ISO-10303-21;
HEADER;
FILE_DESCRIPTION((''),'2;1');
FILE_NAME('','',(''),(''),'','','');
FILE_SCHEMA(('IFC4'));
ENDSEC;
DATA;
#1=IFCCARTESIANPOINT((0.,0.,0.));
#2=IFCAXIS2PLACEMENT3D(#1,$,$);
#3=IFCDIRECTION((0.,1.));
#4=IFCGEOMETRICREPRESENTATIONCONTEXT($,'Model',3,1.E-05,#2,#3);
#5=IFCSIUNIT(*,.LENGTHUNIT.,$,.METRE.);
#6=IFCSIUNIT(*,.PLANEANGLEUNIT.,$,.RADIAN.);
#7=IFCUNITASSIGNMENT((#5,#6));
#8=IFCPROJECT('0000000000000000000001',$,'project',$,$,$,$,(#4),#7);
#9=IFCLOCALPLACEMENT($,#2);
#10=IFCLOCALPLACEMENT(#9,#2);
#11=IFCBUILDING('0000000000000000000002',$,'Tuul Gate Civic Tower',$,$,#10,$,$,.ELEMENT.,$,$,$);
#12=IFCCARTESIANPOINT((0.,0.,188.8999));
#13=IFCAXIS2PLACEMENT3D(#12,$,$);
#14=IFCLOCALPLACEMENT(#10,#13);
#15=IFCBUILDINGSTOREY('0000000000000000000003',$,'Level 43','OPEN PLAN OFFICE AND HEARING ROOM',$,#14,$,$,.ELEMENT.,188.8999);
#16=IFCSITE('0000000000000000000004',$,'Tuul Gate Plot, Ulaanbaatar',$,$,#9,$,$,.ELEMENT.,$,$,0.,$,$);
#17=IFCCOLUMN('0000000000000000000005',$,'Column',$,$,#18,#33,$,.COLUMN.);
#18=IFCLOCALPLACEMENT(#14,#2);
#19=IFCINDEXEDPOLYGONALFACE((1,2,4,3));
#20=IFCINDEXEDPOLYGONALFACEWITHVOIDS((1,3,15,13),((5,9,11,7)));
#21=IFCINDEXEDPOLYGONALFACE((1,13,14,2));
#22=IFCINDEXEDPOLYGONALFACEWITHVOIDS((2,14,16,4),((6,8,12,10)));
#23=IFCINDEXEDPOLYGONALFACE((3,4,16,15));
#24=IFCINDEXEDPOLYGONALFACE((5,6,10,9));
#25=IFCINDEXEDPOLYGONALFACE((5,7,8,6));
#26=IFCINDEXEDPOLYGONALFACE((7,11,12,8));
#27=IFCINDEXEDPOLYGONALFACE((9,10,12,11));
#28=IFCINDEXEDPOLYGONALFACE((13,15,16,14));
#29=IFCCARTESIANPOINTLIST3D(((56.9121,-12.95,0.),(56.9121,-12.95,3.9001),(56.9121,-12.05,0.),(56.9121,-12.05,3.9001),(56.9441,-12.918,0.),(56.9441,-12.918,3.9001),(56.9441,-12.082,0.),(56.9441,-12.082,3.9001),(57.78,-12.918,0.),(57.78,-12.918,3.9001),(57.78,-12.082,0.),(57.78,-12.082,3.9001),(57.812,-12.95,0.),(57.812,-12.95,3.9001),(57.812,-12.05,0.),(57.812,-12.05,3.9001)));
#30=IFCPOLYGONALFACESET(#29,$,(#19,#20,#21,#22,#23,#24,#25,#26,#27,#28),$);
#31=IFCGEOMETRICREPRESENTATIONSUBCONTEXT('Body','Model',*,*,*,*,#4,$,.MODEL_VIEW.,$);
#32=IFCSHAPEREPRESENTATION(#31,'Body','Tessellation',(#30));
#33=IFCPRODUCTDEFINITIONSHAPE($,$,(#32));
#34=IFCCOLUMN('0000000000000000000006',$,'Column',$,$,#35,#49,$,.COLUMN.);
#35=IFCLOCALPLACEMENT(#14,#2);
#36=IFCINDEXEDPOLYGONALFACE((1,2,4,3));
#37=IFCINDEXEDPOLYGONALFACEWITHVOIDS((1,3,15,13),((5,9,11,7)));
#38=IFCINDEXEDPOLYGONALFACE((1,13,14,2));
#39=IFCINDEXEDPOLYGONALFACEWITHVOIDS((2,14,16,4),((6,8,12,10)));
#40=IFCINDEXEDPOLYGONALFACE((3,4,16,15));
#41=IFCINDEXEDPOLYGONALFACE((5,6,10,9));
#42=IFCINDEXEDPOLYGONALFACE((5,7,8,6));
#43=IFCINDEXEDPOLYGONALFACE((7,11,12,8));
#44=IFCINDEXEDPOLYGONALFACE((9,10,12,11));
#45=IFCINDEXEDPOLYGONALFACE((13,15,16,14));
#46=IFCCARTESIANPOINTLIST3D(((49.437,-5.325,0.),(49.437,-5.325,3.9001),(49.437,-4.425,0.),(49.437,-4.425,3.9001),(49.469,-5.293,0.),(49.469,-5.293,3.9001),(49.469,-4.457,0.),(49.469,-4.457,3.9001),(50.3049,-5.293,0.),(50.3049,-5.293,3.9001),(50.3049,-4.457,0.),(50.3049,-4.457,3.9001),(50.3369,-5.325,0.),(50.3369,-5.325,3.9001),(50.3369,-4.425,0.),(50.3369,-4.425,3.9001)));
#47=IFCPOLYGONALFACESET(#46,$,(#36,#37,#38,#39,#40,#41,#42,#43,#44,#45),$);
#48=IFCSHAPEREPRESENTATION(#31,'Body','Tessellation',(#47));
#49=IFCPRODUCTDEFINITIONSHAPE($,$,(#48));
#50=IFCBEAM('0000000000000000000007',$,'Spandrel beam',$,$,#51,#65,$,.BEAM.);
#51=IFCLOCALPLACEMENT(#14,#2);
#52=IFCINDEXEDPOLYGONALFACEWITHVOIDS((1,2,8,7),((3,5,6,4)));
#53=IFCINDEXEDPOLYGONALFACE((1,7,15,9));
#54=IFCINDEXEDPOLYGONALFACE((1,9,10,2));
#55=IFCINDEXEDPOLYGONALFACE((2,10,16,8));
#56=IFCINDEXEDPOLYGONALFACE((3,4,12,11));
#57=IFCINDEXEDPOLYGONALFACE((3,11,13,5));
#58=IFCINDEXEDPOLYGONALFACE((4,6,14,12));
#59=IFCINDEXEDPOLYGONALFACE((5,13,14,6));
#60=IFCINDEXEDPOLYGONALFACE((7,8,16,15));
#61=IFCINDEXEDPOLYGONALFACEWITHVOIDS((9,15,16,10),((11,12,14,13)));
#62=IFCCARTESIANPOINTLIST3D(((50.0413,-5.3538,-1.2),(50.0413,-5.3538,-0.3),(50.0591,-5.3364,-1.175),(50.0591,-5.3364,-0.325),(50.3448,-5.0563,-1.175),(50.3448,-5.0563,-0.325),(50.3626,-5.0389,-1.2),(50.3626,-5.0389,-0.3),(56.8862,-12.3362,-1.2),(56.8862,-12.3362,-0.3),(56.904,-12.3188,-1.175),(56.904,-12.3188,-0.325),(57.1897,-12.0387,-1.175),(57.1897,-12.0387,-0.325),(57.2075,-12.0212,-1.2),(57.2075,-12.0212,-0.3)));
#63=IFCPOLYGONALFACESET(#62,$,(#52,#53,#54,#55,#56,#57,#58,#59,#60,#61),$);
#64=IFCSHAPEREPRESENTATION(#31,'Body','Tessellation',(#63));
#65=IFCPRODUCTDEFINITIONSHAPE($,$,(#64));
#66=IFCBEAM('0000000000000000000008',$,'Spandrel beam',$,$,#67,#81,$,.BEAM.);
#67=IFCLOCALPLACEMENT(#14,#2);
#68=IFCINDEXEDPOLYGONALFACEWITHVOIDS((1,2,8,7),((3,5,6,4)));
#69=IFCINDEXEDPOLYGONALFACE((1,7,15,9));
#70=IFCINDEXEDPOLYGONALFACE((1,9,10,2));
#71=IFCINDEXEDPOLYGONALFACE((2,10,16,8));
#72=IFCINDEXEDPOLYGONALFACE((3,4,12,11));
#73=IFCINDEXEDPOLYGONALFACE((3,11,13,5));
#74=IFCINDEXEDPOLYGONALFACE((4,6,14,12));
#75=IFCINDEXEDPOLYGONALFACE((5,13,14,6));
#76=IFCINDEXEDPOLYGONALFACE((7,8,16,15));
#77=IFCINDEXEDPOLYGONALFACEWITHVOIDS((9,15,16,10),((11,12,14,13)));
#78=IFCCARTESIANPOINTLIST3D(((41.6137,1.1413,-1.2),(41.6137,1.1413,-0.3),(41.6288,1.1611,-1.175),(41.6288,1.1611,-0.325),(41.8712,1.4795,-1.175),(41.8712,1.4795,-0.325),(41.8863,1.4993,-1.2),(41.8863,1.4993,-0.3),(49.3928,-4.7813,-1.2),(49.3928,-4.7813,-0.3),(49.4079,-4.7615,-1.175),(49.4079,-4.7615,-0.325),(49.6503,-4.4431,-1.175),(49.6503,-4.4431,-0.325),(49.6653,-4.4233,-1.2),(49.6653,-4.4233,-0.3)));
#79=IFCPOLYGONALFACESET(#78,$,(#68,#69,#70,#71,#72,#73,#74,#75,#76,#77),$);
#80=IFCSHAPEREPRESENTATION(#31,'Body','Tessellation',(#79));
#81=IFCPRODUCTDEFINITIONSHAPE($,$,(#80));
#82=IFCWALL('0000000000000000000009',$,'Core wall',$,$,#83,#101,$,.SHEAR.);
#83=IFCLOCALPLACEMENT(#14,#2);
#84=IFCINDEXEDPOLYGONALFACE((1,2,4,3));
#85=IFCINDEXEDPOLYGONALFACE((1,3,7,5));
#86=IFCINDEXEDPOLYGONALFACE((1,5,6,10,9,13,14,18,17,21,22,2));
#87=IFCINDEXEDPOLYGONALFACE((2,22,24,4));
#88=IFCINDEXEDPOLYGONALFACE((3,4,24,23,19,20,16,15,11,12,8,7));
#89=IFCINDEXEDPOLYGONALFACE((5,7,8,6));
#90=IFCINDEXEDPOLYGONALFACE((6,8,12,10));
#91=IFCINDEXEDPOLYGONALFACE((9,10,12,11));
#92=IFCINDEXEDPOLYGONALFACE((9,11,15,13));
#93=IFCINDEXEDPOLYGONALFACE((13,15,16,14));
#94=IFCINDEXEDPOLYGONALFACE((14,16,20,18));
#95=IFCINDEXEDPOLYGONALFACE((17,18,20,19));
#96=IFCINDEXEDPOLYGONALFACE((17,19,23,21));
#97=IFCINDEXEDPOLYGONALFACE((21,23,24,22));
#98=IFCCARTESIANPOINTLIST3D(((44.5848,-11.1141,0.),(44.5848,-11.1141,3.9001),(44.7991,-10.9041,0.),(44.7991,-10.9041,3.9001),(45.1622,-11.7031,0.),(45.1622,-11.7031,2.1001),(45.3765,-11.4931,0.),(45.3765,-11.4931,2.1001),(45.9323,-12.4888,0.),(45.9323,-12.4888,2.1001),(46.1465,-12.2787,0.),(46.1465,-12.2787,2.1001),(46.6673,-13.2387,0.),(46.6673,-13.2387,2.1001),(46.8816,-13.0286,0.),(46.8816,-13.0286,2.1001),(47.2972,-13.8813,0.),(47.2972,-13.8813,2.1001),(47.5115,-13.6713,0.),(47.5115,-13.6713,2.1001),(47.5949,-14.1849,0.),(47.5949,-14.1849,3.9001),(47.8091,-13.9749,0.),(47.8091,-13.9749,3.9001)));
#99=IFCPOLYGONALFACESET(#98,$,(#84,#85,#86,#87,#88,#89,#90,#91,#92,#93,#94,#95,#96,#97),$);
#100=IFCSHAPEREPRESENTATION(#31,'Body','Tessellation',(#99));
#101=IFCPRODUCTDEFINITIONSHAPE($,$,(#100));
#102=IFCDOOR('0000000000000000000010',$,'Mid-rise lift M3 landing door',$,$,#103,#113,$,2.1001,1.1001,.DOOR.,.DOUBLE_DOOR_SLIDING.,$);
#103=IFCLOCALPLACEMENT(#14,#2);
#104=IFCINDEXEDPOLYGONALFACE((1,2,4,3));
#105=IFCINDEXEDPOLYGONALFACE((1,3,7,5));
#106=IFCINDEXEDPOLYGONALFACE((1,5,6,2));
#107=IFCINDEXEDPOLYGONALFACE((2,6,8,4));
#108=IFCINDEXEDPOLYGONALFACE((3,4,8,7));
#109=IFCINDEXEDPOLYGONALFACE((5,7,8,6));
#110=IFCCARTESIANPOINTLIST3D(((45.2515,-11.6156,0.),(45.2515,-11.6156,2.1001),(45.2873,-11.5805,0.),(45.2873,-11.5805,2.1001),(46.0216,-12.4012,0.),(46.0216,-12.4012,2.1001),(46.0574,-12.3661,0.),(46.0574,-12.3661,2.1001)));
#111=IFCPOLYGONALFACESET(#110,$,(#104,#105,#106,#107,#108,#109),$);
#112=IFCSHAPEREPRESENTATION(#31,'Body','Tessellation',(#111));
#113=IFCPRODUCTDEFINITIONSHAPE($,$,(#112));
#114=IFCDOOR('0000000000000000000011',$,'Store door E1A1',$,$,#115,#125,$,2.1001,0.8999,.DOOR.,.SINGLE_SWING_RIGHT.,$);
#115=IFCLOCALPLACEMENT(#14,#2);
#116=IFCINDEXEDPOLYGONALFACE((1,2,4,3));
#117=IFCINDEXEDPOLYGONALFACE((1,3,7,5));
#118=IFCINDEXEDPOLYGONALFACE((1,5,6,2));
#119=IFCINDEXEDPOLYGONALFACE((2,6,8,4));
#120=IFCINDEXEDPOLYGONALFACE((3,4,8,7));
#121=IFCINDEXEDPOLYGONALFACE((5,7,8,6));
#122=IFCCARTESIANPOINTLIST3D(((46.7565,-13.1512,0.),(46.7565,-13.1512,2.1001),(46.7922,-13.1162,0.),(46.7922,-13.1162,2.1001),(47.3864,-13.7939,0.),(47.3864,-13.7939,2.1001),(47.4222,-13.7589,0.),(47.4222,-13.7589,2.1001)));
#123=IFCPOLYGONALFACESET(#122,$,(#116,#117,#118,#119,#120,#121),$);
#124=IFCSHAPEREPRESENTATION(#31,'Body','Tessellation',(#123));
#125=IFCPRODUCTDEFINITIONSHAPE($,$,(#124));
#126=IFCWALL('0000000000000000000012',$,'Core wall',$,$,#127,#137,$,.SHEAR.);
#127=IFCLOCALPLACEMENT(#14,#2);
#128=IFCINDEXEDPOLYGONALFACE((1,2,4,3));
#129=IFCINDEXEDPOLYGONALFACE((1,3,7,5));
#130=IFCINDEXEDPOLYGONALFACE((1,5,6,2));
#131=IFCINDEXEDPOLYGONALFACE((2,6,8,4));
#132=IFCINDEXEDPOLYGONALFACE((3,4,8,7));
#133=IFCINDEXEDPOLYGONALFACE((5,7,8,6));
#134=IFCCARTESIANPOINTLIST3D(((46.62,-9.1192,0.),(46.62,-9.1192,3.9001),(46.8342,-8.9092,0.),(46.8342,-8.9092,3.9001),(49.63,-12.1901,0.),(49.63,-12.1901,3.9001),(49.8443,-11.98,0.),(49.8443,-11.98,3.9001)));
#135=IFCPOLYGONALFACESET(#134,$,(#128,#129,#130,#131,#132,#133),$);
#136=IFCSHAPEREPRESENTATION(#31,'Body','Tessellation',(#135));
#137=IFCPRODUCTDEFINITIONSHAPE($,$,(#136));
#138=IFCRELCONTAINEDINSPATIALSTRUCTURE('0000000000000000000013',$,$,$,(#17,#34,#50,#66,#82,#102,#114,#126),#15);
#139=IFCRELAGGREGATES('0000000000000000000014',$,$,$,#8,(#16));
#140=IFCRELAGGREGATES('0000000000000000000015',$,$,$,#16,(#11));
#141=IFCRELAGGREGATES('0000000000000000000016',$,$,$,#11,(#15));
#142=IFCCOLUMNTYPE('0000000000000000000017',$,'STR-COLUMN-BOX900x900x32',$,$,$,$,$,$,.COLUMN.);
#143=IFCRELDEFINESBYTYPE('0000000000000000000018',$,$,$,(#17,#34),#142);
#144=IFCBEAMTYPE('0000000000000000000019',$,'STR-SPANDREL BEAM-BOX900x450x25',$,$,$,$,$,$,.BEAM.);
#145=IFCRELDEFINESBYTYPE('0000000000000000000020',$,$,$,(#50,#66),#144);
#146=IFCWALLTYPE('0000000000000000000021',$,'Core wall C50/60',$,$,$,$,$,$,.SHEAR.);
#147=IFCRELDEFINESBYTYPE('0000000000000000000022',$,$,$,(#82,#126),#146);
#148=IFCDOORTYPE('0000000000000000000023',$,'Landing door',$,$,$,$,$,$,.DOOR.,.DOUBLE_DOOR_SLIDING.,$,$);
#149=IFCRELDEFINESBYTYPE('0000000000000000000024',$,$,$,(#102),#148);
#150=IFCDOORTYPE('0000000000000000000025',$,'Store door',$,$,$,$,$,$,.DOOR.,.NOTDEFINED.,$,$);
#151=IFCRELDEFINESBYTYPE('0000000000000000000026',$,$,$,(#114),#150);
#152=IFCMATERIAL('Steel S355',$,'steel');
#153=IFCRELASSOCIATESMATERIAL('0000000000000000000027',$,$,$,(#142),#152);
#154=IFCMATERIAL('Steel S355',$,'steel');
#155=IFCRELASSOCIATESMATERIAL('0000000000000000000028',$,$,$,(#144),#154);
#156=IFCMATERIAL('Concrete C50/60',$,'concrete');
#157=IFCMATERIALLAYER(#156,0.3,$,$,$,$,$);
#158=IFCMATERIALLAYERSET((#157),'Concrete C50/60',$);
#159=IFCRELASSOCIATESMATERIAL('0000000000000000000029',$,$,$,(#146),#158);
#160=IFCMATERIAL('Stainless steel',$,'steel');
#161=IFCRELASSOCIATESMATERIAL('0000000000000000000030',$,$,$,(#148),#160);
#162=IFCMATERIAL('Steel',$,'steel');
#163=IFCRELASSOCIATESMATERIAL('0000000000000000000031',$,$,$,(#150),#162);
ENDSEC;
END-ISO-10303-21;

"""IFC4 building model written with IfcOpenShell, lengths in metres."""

from ifc_helpers import new_model, si_unit, direction, frame, frame_2d, origin, origin_2d, place, context, subcontext, project, spatial, rectangle, hollow_rectangle, extrude, material, layer, layer_set, material_profile, profile_set, type_object, element, fill, save


model = new_model("IFC4")

# Units and contexts
model_context = context("Model", 3, precision=1e-05, world=origin(), true_north=direction((0.0, 1.0)))
body_context = subcontext(model_context, "Body", "Model", "MODEL_VIEW")
ifc_project = project(units=[si_unit("LENGTHUNIT", "METRE"), si_unit("PLANEANGLEUNIT", "RADIAN")], contexts=[model_context])

# Site, building, storey
site_placement = place(None, origin())
site = spatial("IfcSite", under=ifc_project, at=site_placement, Name="Tuul Gate Plot, Ulaanbaatar", CompositionType="ELEMENT", RefElevation=0.0)
building_placement = place(site_placement, origin())
building = spatial("IfcBuilding", under=site, at=building_placement, Name="Tuul Gate Civic Tower", CompositionType="ELEMENT")
storey_placement = place(building_placement, frame((0.0, 0.0, 188.8999)))
storey = spatial("IfcBuildingStorey", under=building, at=storey_placement, Name="Level 43", Description="OPEN PLAN OFFICE AND HEARING ROOM", CompositionType="ELEMENT", Elevation=188.8999)

# Columns
ifc_material_1 = material(Name="Steel S355", Category="steel")
ifc_material_profile_1 = material_profile(ifc_material_1, hollow_rectangle(XDim=0.8999, YDim=0.8999, WallThickness=0.032, at=origin_2d()), Name="BOX900x900x32")
ifc_profile_set_1 = profile_set([ifc_material_profile_1], Name="Steel S355")
column_type = type_object("IfcColumnType", Name="STR-COLUMN-BOX900x900x32", PredefinedType="COLUMN", material=ifc_profile_set_1)
for number, where, z_axis, x_axis, name in (
    (1, (57.3621, -12.5, 0.0), (0.0, 0.0, 1.0), (1.0, 0.0, 0.0), "Column"),
    (2, (49.887, -4.875, 0.0), (0.0, 0.0, 1.0), (1.0, 0.0, 0.0), "Column"),
):
    element("IfcColumn", number, at=place(storey_placement, frame(where, z_axis=z_axis, x_axis=x_axis)), inside=storey, type_object=column_type, Name=name, PredefinedType="COLUMN", context=body_context, shape_type="SweptSolid", body=[
        extrude(hollow_rectangle(XDim=0.8999, YDim=0.8999, WallThickness=0.032, at=origin_2d()), origin(), (0.0, 0.0, 1.0), 3.9001),
    ])

# Beams
ifc_material_2 = material(Name="Steel S355", Category="steel")
ifc_material_profile_2 = material_profile(ifc_material_2, hollow_rectangle(XDim=0.45, YDim=0.8999, WallThickness=0.0249, at=origin_2d()), Name="BOX900x450x25")
ifc_profile_set_2 = profile_set([ifc_material_profile_2], Name="Steel S355")
beam_type = type_object("IfcBeamType", Name="STR-SPANDREL BEAM-BOX900x450x25", PredefinedType="BEAM", material=ifc_profile_set_2)
beam_1_placement = place(storey_placement, frame((57.0469, -12.1787, -0.75), z_axis=(-0.700043, 0.7141, 0.0), x_axis=(-0.7141, -0.700043, 0.0)))
element("IfcBeam", 3, at=beam_1_placement, inside=storey, type_object=beam_type, Name="Spandrel beam", PredefinedType="BEAM", context=body_context, shape_type="SweptSolid", body=[
    extrude(hollow_rectangle(XDim=0.45, YDim=0.8999, WallThickness=0.0249, at=origin_2d()), origin(), (0.0, 0.0, 1.0), 9.7778),
])
beam_2_placement = place(storey_placement, frame((49.5291, -4.6023, -0.75), z_axis=(-0.795643, 0.605766, 0.0), x_axis=(-0.605766, -0.795643, 0.0)))
element("IfcBeam", 4, at=beam_2_placement, inside=storey, type_object=beam_type, Name="Spandrel beam", PredefinedType="BEAM", context=body_context, shape_type="SweptSolid", body=[
    extrude(hollow_rectangle(XDim=0.45, YDim=0.8999, WallThickness=0.0249, at=origin_2d()), origin(), (0.0, 0.0, 1.0), 9.7771),
])

# Wall, openings, doors
ifc_material_3 = material(Name="Concrete C50/60", Category="concrete")
ifc_layer_1 = layer(ifc_material_3, 0.3)
ifc_layer_set_1 = layer_set([ifc_layer_1], Name="Concrete C50/60")
wall_type_1 = type_object("IfcWallType", Name="Core wall C50/60", PredefinedType="SHEAR", material=ifc_layer_set_1)
wall_1_placement = place(storey_placement, frame((47.7019, -14.0798, 0.0), z_axis=(0.0, 0.0, 1.0), x_axis=(-0.700003, 0.71414, 0.0)))
wall_1 = element("IfcWall", 5, at=wall_1_placement, inside=storey, type_object=wall_type_1, Name="Core wall", PredefinedType="SHEAR", context=body_context, shape_type="SweptSolid", body=[
    extrude(rectangle(XDim=4.3, YDim=0.3, at=frame_2d((2.1499, 0.0))), origin(), (0.0, 0.0, 1.0), 3.9001),
])
opening_1_placement = place(wall_1_placement, frame((0.425, 0.0, 0.0)))
opening_1 = element("IfcOpeningElement", 6, at=opening_1_placement, cuts=wall_1, PredefinedType="OPENING", context=body_context, shape_type="SweptSolid", body=[
    extrude(rectangle(XDim=0.8999, YDim=2.1001, at=frame_2d((0.45, 1.05))), frame((0.0, 0.1602, 0.0), z_axis=(0.0, -1.0, 0.0), x_axis=(1.0, 0.0, 0.0)), (0.0, 0.0, 1.0), 0.3201),
])
opening_2_placement = place(wall_1_placement, frame((2.375, 0.0, 0.0)))
opening_2 = element("IfcOpeningElement", 7, at=opening_2_placement, cuts=wall_1, PredefinedType="OPENING", context=body_context, shape_type="SweptSolid", body=[
    extrude(rectangle(XDim=1.1001, YDim=2.1001, at=frame_2d((0.55, 1.05))), frame((0.0, 0.1602, 0.0), z_axis=(0.0, -1.0, 0.0), x_axis=(1.0, 0.0, 0.0)), (0.0, 0.0, 1.0), 0.3201),
])
ifc_material_4 = material(Name="Stainless steel", Category="steel")
door_type_1 = type_object("IfcDoorType", Name="Landing door", OperationType="DOUBLE_DOOR_SLIDING", PredefinedType="DOOR", material=ifc_material_4)
door_1_placement = place(opening_2_placement, origin())
door_1 = element("IfcDoor", 8, at=door_1_placement, inside=storey, type_object=door_type_1, Name="Mid-rise lift M3 landing door", OperationType="DOUBLE_DOOR_SLIDING", OverallHeight=2.1001, OverallWidth=1.1001, PredefinedType="DOOR", context=body_context, shape_type="SweptSolid", body=[
    extrude(rectangle(XDim=1.1001, YDim=2.1001, at=frame_2d((0.55, 1.05))), frame((0.0, 0.0249, 0.0), z_axis=(0.0, -1.0, 0.0), x_axis=(1.0, 0.0, 0.0)), (0.0, 0.0, 1.0), 0.05),
])
fill(opening_2, door_1)
ifc_material_5 = material(Name="Steel", Category="steel")
door_type_2 = type_object("IfcDoorType", Name="Store door", OperationType="NOTDEFINED", PredefinedType="DOOR", material=ifc_material_5)
door_2_placement = place(opening_1_placement, frame((0.8999, 0.0, 0.0), z_axis=(0.0, 0.0, 1.0), x_axis=(-1.0, 0.0, 0.0)))
door_2 = element("IfcDoor", 9, at=door_2_placement, inside=storey, type_object=door_type_2, Name="Store door E1A1", OperationType="SINGLE_SWING_RIGHT", OverallHeight=2.1001, OverallWidth=0.8999, PredefinedType="DOOR", context=body_context, shape_type="SweptSolid", body=[
    extrude(rectangle(XDim=0.8999, YDim=2.1001, at=frame_2d((0.45, 1.05))), frame((0.0, 0.0249, 0.0), z_axis=(0.0, -1.0, 0.0), x_axis=(1.0, 0.0, 0.0)), (0.0, 0.0, 1.0), 0.05),
])
fill(opening_1, door_2)

# Wall
wall_2_placement = place(storey_placement, frame((49.7371, -12.085, 0.0), z_axis=(0.0, 0.0, 1.0), x_axis=(-0.700003, 0.71414, 0.0)))
element("IfcWall", 10, at=wall_2_placement, inside=storey, type_object=wall_type_1, Name="Core wall", PredefinedType="SHEAR", context=body_context, shape_type="SweptSolid", body=[
    extrude(rectangle(XDim=4.3, YDim=0.3, at=frame_2d((2.1499, 0.0))), origin(), (0.0, 0.0, 1.0), 3.9001),
])

save(model, "model.ifc")
